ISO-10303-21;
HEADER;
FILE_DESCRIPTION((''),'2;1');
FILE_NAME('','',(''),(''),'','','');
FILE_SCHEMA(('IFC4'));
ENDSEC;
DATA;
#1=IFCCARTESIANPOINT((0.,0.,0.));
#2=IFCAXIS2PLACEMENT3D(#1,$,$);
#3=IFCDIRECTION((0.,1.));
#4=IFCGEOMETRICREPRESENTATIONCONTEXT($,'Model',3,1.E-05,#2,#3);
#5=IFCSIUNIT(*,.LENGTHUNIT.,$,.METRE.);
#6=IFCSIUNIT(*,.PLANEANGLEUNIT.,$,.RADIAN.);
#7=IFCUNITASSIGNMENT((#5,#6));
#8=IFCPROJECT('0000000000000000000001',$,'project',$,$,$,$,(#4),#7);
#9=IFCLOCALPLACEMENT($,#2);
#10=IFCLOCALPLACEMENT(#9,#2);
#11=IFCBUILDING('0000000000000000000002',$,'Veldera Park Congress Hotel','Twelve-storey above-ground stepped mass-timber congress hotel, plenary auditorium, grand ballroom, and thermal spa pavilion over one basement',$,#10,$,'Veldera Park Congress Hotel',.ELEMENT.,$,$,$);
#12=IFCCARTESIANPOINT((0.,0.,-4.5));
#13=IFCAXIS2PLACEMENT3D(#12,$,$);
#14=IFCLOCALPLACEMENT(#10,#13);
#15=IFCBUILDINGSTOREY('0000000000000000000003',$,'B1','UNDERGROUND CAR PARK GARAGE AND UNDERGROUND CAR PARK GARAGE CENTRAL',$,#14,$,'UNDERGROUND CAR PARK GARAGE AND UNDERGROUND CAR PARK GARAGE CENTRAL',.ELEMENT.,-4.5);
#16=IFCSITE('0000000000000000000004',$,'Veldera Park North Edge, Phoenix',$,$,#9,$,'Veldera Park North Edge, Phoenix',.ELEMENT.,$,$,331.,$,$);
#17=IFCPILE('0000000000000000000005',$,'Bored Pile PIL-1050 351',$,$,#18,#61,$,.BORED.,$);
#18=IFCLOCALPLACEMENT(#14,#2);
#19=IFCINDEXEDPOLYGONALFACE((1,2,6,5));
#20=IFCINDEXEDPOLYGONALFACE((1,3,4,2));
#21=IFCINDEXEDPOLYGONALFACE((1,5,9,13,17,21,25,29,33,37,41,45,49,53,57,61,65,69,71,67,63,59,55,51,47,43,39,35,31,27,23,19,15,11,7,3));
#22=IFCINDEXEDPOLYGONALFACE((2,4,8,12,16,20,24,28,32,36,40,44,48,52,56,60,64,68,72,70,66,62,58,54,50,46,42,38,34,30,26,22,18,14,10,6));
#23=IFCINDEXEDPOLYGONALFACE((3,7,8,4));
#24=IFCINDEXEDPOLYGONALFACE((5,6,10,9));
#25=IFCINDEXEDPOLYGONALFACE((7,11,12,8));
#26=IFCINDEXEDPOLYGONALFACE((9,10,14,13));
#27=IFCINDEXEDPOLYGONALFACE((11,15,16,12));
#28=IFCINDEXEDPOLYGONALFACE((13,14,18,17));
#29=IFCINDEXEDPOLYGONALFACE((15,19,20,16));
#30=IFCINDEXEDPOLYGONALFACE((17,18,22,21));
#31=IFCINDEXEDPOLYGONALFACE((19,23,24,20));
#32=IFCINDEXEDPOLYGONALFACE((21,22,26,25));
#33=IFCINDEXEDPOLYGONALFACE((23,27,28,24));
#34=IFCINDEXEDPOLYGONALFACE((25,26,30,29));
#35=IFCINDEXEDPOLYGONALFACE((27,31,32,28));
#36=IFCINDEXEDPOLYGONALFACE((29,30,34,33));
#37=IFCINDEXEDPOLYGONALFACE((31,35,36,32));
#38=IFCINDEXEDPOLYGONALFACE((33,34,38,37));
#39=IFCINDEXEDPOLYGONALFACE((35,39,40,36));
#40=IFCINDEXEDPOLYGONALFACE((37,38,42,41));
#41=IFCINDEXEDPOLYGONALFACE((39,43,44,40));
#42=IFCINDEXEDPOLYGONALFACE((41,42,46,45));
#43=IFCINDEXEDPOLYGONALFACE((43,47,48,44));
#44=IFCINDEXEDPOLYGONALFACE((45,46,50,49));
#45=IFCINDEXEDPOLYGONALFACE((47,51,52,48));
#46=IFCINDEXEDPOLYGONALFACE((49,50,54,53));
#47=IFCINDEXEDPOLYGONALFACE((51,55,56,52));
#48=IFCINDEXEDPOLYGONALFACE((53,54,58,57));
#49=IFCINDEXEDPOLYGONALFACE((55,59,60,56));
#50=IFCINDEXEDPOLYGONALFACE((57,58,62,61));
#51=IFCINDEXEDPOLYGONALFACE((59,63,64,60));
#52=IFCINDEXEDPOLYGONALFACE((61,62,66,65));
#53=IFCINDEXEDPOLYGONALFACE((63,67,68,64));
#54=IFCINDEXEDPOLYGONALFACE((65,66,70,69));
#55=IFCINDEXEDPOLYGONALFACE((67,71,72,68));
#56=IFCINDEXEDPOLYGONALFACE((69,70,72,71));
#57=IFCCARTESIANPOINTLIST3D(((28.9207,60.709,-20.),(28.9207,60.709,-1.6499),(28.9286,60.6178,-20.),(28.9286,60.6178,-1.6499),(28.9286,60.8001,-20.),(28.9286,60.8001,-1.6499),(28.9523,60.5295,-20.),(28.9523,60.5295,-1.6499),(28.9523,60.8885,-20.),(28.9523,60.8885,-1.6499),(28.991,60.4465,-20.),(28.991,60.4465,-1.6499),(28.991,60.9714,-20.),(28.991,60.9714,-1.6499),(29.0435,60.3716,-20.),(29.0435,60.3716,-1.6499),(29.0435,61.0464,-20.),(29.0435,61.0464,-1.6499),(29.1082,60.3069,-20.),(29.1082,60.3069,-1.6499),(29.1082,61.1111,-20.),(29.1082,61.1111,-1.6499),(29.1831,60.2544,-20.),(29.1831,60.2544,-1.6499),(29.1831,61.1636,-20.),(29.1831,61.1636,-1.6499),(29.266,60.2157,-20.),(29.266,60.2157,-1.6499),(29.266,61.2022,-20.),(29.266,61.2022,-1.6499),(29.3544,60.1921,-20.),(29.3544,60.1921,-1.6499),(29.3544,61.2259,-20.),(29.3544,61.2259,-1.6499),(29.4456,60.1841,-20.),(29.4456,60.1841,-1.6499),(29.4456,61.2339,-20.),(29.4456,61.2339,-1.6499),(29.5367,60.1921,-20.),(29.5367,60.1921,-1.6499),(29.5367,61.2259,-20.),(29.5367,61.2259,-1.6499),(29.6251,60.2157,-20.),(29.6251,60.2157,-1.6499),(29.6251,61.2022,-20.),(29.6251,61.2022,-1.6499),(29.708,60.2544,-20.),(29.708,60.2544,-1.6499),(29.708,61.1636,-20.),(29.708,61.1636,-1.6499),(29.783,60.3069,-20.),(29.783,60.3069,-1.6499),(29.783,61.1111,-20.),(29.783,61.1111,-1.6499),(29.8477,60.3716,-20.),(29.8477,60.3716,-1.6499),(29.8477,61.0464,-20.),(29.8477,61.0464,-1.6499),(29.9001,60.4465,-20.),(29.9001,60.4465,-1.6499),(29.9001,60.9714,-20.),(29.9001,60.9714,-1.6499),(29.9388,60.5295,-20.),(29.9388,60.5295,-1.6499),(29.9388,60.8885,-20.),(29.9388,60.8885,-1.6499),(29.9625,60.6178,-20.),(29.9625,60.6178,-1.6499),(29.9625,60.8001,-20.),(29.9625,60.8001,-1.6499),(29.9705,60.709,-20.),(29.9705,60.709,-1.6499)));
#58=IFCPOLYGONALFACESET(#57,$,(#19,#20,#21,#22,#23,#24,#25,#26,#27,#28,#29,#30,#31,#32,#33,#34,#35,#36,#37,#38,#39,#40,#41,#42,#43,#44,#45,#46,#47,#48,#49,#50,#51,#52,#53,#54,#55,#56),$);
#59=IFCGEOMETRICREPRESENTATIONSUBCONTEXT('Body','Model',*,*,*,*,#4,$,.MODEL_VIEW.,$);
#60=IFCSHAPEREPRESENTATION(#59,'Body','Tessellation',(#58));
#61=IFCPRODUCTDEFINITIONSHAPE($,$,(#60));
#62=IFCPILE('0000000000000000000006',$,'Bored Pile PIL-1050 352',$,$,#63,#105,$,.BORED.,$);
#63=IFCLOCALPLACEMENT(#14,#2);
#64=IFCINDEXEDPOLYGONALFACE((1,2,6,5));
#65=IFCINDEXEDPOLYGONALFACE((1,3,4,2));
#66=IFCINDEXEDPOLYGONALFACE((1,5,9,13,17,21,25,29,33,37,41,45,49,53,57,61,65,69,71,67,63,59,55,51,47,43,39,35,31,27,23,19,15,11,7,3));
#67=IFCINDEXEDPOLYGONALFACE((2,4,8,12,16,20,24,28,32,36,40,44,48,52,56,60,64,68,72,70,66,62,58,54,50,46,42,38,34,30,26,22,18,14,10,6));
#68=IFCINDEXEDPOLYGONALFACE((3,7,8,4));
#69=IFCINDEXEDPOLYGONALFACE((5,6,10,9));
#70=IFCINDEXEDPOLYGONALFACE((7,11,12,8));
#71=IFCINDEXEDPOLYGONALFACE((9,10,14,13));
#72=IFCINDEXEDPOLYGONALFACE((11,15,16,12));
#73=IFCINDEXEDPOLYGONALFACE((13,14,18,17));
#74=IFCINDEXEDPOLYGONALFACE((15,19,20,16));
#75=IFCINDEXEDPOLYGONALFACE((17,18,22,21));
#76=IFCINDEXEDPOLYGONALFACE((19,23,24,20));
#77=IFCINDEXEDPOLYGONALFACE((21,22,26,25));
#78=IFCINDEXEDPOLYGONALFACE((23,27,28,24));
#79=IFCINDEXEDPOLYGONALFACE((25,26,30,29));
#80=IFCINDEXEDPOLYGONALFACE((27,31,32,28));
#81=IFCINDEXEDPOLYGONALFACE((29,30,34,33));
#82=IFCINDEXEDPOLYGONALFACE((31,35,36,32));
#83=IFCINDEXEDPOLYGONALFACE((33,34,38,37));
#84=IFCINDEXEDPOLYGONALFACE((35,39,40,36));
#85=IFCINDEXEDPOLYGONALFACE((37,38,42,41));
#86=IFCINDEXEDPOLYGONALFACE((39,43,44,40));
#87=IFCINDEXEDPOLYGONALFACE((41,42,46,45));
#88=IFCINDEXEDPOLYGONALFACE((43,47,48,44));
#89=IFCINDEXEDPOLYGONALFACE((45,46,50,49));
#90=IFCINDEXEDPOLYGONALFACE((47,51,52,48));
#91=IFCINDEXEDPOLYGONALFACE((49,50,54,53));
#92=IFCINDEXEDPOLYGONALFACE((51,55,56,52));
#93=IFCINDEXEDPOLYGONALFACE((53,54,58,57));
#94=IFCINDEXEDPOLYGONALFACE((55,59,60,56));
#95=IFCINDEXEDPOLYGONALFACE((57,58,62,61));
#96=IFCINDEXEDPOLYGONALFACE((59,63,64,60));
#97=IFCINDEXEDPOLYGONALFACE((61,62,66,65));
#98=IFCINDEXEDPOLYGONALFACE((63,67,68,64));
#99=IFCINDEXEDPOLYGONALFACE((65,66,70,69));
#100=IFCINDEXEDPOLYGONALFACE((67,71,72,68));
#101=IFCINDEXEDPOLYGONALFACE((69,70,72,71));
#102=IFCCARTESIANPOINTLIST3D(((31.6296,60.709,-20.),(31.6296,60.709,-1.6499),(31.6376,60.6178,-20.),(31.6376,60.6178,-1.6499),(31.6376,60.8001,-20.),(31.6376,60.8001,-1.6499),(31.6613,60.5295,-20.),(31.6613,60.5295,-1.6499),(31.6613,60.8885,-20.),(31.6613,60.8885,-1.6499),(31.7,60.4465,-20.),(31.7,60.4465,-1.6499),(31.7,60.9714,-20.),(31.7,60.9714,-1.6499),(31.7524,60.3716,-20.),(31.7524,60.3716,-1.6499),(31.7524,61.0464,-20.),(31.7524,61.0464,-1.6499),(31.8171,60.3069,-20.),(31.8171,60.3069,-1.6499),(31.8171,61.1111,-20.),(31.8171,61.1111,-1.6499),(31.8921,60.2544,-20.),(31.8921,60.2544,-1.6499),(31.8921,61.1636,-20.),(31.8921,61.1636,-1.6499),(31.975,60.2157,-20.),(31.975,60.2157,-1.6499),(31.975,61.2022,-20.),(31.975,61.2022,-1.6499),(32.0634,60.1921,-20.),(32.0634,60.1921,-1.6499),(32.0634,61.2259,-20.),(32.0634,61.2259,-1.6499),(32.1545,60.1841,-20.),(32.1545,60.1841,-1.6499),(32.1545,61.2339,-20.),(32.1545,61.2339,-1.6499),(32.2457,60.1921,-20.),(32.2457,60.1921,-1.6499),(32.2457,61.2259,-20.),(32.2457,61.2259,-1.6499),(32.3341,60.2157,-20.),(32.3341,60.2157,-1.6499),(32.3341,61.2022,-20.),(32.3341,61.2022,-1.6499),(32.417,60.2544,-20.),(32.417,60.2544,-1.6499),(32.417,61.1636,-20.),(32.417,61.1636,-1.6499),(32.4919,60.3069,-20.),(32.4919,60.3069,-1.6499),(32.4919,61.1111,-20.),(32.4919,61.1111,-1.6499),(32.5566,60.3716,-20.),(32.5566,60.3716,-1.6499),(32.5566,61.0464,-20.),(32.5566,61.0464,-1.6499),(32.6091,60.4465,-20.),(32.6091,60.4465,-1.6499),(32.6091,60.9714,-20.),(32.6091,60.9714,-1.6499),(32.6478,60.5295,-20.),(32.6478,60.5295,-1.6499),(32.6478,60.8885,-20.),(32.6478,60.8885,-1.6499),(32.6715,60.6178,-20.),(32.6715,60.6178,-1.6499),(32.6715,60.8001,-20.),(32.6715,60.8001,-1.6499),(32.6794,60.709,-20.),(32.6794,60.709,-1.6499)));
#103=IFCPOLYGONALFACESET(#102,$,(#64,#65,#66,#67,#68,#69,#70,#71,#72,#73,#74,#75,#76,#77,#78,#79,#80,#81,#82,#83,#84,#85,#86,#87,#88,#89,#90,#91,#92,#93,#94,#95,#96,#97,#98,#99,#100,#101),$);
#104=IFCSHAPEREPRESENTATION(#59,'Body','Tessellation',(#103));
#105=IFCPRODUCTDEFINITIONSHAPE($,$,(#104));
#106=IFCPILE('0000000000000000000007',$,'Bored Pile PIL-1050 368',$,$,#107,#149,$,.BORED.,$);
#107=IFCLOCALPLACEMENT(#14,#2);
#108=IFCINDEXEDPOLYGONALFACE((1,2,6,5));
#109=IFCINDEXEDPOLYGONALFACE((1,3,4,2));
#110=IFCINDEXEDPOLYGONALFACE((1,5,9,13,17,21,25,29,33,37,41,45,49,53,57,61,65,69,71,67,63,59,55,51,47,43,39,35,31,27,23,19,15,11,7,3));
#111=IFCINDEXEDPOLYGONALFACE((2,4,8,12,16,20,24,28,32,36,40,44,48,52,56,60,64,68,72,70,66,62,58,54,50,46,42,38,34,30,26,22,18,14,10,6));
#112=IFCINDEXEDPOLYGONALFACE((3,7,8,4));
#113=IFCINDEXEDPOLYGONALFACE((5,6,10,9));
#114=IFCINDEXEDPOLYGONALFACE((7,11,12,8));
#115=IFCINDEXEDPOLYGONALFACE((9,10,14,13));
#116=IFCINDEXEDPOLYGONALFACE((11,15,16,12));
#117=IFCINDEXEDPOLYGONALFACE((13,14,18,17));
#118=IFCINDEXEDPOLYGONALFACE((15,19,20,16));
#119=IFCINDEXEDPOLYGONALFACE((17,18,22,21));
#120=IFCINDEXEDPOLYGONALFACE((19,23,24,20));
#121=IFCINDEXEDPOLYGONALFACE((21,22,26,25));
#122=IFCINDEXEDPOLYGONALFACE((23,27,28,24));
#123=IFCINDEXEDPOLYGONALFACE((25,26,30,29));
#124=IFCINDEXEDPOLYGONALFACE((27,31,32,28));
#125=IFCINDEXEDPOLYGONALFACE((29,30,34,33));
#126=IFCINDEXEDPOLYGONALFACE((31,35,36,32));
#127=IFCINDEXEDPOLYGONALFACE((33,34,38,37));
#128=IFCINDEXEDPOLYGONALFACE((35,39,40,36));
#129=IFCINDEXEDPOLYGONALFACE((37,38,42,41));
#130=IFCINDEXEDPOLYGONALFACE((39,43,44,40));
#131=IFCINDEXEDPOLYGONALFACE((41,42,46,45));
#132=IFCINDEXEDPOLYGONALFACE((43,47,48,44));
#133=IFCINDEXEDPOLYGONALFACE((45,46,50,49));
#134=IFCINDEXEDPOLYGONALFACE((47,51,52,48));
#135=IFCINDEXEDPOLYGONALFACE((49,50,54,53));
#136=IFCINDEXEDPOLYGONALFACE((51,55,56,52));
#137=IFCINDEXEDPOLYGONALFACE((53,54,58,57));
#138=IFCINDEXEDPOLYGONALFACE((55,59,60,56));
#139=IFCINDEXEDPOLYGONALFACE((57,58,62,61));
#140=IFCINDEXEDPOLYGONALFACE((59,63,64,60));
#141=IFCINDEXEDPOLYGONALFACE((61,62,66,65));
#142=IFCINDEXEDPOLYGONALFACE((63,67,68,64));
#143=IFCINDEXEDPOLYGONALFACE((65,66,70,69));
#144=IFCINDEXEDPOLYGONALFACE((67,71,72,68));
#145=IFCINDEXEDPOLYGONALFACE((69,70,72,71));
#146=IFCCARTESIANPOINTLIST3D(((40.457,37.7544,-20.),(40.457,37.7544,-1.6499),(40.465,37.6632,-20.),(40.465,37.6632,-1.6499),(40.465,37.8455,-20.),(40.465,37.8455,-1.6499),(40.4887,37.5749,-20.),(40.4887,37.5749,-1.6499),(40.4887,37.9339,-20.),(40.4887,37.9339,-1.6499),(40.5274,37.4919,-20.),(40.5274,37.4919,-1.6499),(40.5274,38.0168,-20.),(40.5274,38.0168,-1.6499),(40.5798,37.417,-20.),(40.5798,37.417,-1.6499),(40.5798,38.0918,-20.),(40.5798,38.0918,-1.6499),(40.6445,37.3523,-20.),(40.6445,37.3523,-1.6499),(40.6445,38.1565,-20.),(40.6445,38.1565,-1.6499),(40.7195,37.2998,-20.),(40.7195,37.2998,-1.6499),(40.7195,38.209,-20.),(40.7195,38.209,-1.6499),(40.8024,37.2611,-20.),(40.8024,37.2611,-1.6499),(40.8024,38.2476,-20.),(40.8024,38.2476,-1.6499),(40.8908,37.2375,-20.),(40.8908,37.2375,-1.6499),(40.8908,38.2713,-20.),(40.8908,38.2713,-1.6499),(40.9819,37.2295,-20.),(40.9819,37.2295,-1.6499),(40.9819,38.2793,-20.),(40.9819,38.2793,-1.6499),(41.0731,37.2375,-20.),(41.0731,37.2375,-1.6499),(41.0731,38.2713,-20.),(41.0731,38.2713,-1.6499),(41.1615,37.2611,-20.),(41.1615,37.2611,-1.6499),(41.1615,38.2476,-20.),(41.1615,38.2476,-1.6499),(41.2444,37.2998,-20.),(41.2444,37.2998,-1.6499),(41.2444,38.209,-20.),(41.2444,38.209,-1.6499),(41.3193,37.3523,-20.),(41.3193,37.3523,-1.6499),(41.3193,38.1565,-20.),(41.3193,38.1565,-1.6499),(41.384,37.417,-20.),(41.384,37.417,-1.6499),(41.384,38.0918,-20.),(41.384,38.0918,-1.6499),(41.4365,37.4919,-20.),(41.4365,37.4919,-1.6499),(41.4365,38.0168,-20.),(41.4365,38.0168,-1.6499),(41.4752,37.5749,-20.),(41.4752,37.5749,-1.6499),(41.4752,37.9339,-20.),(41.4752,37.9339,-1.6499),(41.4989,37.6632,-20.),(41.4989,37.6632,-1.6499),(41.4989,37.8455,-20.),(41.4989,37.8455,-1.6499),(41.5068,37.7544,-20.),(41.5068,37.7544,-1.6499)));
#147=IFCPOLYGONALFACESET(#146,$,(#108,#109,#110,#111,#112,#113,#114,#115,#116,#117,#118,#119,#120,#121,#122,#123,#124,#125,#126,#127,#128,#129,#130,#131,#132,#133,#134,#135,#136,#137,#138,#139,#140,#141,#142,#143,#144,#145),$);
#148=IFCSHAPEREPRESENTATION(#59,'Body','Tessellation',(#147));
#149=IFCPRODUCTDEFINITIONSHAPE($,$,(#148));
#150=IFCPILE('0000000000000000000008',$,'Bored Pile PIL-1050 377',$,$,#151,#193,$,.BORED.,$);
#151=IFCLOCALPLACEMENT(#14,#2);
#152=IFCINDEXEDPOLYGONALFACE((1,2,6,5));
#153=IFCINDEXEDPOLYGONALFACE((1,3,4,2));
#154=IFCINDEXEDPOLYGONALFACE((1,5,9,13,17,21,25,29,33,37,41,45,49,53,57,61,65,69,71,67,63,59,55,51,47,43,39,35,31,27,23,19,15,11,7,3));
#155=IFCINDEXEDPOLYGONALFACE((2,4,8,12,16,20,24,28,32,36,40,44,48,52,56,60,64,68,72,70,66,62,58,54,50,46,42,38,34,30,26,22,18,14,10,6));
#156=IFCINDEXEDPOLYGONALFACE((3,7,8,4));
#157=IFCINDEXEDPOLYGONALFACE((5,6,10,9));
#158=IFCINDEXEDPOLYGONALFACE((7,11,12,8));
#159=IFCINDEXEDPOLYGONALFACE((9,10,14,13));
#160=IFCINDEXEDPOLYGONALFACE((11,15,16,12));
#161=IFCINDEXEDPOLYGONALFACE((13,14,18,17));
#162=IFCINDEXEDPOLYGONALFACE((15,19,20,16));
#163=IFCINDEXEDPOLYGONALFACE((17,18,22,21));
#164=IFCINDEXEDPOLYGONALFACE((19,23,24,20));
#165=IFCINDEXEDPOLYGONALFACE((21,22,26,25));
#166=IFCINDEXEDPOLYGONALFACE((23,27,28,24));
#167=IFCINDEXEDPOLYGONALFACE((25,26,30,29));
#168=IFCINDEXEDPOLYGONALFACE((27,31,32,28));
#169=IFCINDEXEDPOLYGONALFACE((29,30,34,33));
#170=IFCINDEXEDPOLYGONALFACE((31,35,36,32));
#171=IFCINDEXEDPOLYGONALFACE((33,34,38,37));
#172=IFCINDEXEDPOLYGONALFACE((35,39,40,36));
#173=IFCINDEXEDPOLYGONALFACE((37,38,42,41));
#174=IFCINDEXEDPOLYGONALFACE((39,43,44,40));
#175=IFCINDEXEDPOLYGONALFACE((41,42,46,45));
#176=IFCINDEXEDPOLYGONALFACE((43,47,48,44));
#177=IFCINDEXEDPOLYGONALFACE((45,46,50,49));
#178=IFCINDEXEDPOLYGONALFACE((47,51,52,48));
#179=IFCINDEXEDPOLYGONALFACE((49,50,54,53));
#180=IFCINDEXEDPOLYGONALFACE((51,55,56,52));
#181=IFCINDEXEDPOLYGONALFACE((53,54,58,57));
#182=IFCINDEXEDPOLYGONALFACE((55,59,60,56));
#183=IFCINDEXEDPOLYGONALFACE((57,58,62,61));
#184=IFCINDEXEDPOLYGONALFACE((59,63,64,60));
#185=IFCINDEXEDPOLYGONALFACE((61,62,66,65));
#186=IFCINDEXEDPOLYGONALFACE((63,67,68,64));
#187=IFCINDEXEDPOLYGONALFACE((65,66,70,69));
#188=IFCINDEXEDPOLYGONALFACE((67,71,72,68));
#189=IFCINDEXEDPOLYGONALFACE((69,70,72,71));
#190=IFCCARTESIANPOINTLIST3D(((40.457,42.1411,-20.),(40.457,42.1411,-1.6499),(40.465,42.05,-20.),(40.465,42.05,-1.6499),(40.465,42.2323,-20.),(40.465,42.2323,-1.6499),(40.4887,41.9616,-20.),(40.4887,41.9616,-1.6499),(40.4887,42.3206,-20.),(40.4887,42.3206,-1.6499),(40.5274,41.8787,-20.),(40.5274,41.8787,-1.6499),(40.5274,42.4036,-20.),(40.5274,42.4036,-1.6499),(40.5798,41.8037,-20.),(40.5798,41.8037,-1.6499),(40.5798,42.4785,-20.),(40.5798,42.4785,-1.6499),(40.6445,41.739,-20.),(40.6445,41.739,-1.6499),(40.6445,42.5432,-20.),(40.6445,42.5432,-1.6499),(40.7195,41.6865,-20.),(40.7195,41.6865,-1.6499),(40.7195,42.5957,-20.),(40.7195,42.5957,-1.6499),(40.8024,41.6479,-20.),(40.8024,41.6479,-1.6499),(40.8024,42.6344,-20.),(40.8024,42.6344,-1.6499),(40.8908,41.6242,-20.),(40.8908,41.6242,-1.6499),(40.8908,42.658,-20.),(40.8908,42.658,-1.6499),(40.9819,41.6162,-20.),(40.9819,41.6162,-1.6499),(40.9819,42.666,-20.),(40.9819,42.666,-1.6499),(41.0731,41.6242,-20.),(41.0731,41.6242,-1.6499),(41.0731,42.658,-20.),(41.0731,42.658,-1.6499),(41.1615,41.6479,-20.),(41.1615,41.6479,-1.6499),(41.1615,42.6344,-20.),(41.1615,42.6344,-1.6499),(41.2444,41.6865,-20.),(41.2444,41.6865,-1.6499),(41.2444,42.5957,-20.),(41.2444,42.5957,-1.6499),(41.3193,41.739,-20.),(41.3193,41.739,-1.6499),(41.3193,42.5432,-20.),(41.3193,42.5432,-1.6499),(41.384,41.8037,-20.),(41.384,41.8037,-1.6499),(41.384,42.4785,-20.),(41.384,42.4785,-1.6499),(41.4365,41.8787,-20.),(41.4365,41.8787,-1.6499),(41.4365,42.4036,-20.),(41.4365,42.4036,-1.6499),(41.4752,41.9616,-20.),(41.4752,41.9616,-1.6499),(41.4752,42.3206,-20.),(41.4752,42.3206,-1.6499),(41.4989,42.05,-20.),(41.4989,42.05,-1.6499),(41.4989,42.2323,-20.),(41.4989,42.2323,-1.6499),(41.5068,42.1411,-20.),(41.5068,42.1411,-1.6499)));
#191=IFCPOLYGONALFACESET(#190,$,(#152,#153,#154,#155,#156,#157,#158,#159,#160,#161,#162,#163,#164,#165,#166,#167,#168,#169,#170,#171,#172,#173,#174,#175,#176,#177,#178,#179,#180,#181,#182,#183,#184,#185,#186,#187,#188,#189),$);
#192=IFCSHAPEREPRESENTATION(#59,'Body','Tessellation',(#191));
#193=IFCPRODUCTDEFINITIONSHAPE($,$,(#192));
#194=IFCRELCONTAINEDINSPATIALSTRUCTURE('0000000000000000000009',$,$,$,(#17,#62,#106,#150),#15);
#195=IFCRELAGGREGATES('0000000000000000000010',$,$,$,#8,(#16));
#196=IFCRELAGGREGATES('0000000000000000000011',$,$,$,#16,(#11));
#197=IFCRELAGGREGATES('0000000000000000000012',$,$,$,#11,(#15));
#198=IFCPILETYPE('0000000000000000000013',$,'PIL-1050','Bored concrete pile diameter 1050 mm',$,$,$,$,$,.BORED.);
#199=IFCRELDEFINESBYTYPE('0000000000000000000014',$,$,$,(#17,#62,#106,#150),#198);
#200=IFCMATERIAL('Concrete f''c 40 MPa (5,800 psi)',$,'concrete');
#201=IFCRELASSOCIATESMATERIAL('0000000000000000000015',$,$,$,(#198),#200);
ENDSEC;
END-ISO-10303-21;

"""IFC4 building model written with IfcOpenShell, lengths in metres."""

from ifc_helpers import new_model, si_unit, direction, frame, origin, origin_2d, place, context, subcontext, project, spatial, circle, extrude, material, material_profile, profile_set, type_object, element, save


model = new_model("IFC4")

# Units and contexts
model_context = context("Model", 3, precision=1e-05, world=origin(), true_north=direction((0.0, 1.0)))
body_context = subcontext(model_context, "Body", "Model", "MODEL_VIEW")
ifc_project = project(units=[si_unit("LENGTHUNIT", "METRE"), si_unit("PLANEANGLEUNIT", "RADIAN")], contexts=[model_context])

# Site, building, storey
site_placement = place(None, origin())
site = spatial("IfcSite", under=ifc_project, at=site_placement, Name="Veldera Park North Edge, Phoenix", LongName="Veldera Park North Edge, Phoenix", CompositionType="ELEMENT", RefElevation=331.0)
building_placement = place(site_placement, origin())
building = spatial("IfcBuilding", under=site, at=building_placement, Name="Veldera Park Congress Hotel", Description="Twelve-storey above-ground stepped mass-timber congress hotel, plenary auditorium, grand ballroom, and thermal spa pavilion over one basement", LongName="Veldera Park Congress Hotel", CompositionType="ELEMENT")
storey_placement = place(building_placement, frame((0.0, 0.0, -4.5)))
storey = spatial("IfcBuildingStorey", under=building, at=storey_placement, Name="B1", Description="UNDERGROUND CAR PARK GARAGE AND UNDERGROUND CAR PARK GARAGE CENTRAL", LongName="UNDERGROUND CAR PARK GARAGE AND UNDERGROUND CAR PARK GARAGE CENTRAL", CompositionType="ELEMENT", Elevation=-4.5)

# Shared definitions
ifc_material_1 = material(Name="Concrete f'c 40 MPa (5,800 psi)", Category="concrete")

# Piles
ifc_material_profile_1 = material_profile(ifc_material_1, circle(Radius=0.5249, at=origin_2d()), Name="PILE D1050")
ifc_profile_set_1 = profile_set([ifc_material_profile_1], Name="Concrete f'c 40 MPa (5,800 psi)")
pile_type = type_object("IfcPileType", Name="PIL-1050", Description="Bored concrete pile diameter 1050 mm", PredefinedType="BORED", material=ifc_profile_set_1)
for number, where, z_axis, x_axis, name in (
    (1, (29.4456, 60.709, -1.6499), (0.0, 0.0, -1.0), (1.0, 0.0, 0.0), "Bored Pile PIL-1050 351"),
    (2, (32.1545, 60.709, -1.6499), (0.0, 0.0, -1.0), (1.0, 0.0, 0.0), "Bored Pile PIL-1050 352"),
    (3, (40.9819, 37.7544, -1.6499), (0.0, 0.0, -1.0), (1.0, 0.0, 0.0), "Bored Pile PIL-1050 368"),
    (4, (40.9819, 42.1411, -1.6499), (0.0, 0.0, -1.0), (1.0, 0.0, 0.0), "Bored Pile PIL-1050 377"),
):
    element("IfcPile", number, at=place(storey_placement, frame(where, z_axis=z_axis, x_axis=x_axis)), inside=storey, type_object=pile_type, Name=name, PredefinedType="BORED", context=body_context, shape_type="SweptSolid", body=[
        extrude(circle(Radius=0.5249, at=origin_2d()), origin(), (0.0, 0.0, 1.0), 18.3501),
    ])

save(model, "model.ifc")
